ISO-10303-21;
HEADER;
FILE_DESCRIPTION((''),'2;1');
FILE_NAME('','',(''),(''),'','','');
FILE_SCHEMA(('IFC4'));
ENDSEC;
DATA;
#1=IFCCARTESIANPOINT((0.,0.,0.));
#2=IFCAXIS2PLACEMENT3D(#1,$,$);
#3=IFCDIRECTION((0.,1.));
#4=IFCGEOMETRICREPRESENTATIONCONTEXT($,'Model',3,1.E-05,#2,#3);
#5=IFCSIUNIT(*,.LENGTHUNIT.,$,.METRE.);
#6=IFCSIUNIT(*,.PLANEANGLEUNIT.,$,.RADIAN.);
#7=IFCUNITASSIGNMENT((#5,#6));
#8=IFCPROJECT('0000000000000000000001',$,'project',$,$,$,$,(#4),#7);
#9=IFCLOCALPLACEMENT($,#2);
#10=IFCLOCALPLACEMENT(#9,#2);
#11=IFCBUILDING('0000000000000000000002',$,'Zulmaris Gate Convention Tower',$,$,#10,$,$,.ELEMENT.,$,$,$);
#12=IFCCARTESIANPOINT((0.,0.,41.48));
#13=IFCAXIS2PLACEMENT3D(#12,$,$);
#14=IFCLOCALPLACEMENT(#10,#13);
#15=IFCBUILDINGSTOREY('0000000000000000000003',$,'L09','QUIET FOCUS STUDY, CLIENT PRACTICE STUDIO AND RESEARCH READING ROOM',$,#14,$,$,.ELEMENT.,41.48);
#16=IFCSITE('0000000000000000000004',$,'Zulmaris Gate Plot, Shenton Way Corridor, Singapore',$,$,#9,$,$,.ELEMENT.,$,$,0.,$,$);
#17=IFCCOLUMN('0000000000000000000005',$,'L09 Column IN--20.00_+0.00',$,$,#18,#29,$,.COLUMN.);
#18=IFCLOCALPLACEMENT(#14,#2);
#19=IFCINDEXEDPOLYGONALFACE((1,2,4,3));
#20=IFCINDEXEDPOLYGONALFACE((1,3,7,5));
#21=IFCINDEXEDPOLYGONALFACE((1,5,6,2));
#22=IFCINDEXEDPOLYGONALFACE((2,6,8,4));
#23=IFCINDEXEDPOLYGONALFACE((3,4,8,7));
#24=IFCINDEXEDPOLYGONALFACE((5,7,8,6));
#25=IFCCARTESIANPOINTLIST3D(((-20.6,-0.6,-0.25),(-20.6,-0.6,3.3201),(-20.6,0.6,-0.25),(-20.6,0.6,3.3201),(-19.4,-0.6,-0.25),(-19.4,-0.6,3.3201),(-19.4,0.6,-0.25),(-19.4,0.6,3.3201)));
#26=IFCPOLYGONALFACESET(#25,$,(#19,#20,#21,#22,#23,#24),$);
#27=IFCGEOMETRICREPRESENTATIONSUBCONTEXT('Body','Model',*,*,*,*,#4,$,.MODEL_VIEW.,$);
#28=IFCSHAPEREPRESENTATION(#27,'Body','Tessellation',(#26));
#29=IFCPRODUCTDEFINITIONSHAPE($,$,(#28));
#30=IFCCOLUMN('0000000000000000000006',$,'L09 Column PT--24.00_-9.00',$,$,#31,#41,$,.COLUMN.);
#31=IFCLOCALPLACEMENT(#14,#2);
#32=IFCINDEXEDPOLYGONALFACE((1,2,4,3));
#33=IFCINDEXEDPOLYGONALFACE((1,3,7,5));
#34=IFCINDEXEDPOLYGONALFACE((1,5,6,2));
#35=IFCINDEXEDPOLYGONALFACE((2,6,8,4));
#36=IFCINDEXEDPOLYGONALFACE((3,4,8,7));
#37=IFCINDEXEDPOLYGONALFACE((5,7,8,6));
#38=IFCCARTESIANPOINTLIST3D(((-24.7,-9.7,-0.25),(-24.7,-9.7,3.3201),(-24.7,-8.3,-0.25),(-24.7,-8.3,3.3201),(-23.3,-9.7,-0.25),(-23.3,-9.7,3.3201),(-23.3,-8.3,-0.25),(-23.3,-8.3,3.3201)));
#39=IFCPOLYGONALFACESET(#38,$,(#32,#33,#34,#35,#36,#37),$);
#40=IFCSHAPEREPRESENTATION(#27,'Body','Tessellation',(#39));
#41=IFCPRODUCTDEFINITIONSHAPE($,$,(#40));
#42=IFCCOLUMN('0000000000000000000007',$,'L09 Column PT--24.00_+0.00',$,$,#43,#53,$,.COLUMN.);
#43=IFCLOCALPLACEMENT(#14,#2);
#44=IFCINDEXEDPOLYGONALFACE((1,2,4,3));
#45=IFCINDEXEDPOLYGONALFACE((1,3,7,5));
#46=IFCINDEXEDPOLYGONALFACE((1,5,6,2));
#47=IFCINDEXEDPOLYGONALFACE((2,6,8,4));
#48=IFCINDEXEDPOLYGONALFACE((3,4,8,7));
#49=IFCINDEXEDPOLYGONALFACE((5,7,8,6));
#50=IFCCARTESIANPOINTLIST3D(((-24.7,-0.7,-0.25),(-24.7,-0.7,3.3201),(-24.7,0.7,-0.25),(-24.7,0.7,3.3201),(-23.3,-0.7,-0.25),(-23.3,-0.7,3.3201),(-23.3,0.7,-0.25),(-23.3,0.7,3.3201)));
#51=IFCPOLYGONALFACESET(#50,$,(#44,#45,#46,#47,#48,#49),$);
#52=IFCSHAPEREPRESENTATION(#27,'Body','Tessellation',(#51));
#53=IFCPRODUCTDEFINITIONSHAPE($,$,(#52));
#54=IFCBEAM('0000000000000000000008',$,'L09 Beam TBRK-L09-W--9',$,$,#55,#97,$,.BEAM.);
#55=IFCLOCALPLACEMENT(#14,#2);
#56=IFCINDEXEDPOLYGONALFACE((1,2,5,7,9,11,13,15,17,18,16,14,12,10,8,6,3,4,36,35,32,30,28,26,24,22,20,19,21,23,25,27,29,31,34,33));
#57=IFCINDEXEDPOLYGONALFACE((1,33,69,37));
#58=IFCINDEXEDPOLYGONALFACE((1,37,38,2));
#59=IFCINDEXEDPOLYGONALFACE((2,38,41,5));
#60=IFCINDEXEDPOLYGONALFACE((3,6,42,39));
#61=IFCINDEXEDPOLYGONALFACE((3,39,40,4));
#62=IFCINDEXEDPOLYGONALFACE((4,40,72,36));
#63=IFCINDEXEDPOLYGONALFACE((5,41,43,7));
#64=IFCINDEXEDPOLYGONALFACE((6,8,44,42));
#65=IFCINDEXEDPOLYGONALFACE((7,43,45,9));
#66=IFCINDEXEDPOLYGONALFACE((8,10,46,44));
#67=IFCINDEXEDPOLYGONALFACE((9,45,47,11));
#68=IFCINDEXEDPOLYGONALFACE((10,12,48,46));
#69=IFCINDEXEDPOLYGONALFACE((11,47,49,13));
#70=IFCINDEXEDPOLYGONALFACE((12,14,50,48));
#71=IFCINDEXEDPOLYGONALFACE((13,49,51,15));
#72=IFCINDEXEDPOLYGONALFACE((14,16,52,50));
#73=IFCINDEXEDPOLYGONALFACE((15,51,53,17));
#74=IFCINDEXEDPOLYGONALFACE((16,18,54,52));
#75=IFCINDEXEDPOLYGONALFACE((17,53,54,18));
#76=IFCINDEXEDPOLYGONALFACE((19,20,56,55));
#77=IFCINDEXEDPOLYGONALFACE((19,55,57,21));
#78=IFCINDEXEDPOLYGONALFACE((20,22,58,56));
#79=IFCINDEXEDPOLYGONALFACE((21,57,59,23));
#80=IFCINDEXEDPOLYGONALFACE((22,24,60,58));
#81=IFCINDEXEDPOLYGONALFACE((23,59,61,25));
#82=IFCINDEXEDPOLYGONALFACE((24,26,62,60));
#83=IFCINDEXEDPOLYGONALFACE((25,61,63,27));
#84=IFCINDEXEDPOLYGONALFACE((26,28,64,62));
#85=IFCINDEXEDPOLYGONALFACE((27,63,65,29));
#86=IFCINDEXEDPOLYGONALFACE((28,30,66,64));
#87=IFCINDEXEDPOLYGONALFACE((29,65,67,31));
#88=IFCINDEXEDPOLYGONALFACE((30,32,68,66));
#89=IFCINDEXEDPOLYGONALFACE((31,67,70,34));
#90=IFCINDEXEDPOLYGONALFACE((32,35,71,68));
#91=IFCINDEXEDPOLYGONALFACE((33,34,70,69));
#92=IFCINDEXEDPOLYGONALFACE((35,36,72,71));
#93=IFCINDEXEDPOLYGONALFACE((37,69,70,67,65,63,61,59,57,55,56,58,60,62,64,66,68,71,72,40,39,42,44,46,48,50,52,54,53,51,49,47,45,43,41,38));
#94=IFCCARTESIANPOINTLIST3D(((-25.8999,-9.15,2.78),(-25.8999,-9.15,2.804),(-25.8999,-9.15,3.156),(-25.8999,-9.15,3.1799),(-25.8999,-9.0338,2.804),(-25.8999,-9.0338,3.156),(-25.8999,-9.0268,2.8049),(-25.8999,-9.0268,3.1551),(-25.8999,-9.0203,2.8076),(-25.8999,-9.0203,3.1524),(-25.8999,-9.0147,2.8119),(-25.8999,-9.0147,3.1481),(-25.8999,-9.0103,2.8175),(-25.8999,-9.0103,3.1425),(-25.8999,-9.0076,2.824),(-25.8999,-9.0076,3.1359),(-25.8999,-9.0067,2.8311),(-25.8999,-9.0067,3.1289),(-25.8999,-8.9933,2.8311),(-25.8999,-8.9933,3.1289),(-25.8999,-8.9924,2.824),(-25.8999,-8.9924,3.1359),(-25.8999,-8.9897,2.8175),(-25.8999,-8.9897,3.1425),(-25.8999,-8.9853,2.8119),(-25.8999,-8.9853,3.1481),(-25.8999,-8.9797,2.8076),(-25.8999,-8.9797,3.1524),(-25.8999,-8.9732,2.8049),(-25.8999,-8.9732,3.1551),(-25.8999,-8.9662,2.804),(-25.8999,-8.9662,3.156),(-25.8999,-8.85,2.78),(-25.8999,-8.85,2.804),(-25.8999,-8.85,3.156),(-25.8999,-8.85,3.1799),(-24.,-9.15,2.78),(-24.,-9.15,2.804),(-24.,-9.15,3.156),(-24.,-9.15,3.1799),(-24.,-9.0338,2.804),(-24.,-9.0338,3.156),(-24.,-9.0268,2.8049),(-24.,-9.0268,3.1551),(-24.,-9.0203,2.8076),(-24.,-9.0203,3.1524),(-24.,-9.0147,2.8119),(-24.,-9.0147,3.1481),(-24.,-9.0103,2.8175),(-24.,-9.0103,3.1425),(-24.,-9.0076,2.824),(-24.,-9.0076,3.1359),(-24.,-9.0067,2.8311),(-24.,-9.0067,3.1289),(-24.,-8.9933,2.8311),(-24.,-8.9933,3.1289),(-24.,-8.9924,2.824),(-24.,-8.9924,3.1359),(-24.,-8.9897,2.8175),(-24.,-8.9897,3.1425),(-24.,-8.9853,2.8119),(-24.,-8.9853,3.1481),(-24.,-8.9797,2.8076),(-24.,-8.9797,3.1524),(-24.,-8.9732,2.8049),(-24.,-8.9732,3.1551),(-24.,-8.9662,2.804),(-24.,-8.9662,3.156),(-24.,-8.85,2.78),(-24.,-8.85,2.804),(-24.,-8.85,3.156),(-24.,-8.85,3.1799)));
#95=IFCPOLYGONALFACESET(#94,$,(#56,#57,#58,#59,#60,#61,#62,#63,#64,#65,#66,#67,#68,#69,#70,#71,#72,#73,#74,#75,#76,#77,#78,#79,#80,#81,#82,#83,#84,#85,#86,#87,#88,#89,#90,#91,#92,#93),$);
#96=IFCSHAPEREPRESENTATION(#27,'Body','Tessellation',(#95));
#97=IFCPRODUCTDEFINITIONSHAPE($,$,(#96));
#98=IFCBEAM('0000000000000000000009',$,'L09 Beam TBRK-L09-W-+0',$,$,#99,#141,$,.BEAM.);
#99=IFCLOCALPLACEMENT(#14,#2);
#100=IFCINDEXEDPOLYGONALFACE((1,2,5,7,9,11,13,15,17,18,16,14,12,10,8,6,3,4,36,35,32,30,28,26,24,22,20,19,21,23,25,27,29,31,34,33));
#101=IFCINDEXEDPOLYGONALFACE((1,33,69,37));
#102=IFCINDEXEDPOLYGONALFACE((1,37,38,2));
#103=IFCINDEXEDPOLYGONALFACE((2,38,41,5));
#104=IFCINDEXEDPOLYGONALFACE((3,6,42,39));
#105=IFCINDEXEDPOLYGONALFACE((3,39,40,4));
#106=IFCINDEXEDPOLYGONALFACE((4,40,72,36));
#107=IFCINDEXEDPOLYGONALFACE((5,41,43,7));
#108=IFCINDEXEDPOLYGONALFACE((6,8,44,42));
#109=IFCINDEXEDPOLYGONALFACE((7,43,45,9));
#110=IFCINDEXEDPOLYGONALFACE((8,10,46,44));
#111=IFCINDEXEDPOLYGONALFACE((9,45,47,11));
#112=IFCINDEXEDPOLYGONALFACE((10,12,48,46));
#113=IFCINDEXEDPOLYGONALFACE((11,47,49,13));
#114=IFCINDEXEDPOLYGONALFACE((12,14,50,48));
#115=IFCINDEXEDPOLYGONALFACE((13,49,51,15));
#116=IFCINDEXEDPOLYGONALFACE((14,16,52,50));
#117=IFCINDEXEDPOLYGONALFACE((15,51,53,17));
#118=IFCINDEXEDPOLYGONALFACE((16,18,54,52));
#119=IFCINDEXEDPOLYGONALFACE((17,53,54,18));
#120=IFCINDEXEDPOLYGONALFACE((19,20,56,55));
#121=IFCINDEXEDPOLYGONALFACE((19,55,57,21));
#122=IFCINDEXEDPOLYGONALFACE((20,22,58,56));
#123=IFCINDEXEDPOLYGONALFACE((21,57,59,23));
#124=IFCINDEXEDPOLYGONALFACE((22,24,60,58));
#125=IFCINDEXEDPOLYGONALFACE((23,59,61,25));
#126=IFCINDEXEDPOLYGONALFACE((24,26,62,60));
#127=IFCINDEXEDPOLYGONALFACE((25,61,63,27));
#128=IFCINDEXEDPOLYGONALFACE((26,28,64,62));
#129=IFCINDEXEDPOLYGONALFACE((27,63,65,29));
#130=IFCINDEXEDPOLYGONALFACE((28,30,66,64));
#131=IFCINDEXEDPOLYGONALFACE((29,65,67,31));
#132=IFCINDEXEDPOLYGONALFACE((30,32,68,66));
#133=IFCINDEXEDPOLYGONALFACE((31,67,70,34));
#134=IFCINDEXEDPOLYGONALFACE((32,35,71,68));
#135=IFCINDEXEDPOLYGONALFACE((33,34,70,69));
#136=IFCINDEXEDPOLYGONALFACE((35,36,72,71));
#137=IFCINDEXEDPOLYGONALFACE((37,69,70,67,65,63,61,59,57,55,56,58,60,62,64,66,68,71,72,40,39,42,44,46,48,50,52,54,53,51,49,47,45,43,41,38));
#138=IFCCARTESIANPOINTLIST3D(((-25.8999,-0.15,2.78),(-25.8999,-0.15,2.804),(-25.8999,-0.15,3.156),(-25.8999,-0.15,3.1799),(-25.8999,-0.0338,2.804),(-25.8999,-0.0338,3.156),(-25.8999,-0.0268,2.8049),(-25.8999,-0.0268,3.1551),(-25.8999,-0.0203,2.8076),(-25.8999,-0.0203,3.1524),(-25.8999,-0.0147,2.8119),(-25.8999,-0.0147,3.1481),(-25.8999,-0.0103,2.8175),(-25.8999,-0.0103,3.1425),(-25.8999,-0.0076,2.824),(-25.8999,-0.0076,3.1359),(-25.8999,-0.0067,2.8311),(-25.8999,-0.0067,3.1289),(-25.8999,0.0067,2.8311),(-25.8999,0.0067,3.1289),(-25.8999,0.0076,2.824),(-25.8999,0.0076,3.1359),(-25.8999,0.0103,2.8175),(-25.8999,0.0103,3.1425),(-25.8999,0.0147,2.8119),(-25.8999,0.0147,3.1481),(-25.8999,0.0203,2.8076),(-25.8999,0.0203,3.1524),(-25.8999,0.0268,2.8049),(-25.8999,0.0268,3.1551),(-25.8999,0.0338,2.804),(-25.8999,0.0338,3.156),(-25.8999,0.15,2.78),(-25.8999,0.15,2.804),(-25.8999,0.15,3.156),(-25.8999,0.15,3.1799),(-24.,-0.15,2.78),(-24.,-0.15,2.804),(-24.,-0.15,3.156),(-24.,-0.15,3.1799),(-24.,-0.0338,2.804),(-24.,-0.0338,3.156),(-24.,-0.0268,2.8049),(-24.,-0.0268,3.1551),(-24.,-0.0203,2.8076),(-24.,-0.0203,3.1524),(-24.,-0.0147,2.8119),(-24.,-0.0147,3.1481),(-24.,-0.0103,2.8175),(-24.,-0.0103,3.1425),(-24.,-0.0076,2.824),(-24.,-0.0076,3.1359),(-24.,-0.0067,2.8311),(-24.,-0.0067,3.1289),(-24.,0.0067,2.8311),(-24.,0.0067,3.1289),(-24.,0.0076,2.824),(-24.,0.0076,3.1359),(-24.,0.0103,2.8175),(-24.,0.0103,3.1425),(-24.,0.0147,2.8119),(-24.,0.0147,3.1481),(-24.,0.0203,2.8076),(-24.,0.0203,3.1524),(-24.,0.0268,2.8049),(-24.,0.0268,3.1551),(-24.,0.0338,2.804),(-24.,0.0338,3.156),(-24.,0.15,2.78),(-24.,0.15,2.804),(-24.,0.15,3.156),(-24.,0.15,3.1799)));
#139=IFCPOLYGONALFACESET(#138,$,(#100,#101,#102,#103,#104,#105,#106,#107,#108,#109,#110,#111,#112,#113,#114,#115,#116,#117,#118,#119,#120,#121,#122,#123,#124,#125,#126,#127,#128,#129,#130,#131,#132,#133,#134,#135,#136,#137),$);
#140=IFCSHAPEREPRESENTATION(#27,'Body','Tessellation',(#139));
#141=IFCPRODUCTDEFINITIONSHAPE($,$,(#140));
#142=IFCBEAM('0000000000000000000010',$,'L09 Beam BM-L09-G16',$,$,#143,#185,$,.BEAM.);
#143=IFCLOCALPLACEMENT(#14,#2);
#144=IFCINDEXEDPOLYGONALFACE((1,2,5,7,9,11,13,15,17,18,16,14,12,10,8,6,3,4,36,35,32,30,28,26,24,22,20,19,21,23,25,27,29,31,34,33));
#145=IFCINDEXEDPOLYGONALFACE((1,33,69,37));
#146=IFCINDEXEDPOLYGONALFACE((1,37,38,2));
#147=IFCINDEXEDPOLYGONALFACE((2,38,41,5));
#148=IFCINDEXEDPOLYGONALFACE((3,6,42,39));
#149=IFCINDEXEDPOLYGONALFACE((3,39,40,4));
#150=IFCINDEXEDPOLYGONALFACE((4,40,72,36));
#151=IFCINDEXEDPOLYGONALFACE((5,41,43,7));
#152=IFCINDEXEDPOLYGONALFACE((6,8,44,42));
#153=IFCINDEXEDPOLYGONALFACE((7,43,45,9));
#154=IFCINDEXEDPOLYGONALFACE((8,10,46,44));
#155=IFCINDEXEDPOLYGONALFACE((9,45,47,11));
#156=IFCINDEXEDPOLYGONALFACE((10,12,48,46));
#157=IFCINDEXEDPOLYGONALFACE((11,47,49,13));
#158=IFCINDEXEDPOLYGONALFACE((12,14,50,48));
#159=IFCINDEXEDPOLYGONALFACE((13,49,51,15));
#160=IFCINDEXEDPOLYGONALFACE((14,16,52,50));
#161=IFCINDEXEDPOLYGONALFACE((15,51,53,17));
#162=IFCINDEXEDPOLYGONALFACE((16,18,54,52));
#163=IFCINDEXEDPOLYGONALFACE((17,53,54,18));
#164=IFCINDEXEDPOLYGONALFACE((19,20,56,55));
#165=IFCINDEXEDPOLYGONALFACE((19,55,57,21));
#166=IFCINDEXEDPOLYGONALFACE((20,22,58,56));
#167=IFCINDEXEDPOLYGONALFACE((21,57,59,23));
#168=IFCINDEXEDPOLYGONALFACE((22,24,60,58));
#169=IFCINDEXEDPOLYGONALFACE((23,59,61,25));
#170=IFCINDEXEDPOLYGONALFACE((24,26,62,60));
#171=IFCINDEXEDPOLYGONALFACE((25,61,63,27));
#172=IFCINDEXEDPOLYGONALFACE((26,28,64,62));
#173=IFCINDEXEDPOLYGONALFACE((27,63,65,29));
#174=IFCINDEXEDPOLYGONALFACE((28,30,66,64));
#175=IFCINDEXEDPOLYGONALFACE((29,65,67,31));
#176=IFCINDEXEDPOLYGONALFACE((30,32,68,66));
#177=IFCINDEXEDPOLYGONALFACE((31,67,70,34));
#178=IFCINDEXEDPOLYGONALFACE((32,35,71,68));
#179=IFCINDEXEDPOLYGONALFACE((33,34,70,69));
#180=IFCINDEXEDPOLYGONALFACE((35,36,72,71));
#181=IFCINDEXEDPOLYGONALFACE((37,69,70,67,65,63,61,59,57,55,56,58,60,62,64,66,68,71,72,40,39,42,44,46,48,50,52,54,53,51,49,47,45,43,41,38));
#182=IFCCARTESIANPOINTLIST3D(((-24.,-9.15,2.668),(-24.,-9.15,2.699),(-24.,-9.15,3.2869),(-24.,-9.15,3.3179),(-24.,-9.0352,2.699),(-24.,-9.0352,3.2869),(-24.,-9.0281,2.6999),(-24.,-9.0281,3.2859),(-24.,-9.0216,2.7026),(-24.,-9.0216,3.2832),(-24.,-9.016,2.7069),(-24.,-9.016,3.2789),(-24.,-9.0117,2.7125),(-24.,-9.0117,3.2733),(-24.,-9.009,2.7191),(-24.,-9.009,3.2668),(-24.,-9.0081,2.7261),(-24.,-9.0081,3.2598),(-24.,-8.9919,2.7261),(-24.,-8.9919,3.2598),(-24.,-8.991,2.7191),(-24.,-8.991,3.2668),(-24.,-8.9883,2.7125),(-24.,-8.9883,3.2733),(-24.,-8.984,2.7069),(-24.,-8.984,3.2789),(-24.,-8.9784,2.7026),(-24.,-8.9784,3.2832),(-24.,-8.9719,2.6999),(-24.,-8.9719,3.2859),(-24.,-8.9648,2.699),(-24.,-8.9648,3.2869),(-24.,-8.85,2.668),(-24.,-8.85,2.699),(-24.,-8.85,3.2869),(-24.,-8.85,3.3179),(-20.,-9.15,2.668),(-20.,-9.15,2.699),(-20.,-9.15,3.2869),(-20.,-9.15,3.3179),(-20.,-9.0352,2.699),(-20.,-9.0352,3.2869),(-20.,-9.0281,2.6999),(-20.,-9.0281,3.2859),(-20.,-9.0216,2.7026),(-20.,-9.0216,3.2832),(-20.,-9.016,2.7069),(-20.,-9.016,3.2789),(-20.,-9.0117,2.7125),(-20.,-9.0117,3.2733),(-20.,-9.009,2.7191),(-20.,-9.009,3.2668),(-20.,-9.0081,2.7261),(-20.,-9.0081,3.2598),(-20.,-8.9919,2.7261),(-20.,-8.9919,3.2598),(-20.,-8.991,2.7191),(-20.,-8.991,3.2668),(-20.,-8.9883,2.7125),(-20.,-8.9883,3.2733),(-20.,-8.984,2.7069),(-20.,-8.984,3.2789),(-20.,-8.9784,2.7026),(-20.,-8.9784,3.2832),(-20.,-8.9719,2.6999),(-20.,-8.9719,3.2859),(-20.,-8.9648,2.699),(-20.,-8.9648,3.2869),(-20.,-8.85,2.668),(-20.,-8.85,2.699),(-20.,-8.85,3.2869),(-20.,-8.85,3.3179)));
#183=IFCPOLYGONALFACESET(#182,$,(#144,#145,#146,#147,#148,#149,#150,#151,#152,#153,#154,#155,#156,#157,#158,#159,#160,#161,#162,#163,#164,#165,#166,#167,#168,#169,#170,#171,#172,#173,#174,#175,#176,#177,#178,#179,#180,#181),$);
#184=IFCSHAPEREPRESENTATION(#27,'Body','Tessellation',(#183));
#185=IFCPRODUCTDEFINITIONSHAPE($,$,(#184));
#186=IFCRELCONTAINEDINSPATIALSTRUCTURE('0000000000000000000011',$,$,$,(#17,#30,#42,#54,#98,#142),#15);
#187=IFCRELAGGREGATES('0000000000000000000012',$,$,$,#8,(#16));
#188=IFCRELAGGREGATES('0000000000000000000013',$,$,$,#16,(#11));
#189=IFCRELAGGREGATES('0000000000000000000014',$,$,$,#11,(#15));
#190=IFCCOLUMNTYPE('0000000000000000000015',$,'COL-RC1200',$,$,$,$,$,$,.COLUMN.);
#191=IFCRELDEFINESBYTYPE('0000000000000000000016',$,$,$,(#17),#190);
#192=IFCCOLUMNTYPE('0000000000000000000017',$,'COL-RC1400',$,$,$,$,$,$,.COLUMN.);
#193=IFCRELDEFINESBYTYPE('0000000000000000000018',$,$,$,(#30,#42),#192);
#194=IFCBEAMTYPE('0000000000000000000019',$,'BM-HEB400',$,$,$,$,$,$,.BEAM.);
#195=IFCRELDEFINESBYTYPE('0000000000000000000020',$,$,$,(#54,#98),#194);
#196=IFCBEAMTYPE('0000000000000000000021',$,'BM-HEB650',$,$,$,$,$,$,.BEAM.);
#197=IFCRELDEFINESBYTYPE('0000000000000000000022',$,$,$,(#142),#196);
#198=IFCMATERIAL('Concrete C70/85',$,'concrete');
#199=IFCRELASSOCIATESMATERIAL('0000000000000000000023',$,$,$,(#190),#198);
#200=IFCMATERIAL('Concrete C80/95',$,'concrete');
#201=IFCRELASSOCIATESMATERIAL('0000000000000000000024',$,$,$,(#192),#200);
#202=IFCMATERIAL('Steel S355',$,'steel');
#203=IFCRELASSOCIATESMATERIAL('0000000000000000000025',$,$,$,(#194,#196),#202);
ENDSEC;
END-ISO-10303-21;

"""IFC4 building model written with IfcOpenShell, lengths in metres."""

from ifc_helpers import new_model, si_unit, direction, frame, origin, origin_2d, place, context, subcontext, project, spatial, rectangle, i_section, extrude, material, material_profile, profile_set, type_object, element, save


model = new_model("IFC4")

# Units and contexts
model_context = context("Model", 3, precision=1e-05, world=origin(), true_north=direction((0.0, 1.0)))
body_context = subcontext(model_context, "Body", "Model", "MODEL_VIEW")
ifc_project = project(units=[si_unit("LENGTHUNIT", "METRE"), si_unit("PLANEANGLEUNIT", "RADIAN")], contexts=[model_context])

# Site, building, storey
site_placement = place(None, origin())
site = spatial("IfcSite", under=ifc_project, at=site_placement, Name="Zulmaris Gate Plot, Shenton Way Corridor, Singapore", CompositionType="ELEMENT", RefElevation=0.0)
building_placement = place(site_placement, origin())
building = spatial("IfcBuilding", under=site, at=building_placement, Name="Zulmaris Gate Convention Tower", CompositionType="ELEMENT")
storey_placement = place(building_placement, frame((0.0, 0.0, 41.48)))
storey = spatial("IfcBuildingStorey", under=building, at=storey_placement, Name="L09", Description="QUIET FOCUS STUDY, CLIENT PRACTICE STUDIO AND RESEARCH READING ROOM", CompositionType="ELEMENT", Elevation=41.48)

# Columns
ifc_material_1 = material(Name="Concrete C70/85", Category="concrete")
ifc_material_profile_1 = material_profile(ifc_material_1, rectangle(XDim=1.2, YDim=1.2, at=origin_2d()), Name="RC COL 1200x1200")
ifc_profile_set_1 = profile_set([ifc_material_profile_1], Name="Concrete C70/85")
column_type_1 = type_object("IfcColumnType", Name="COL-RC1200", PredefinedType="COLUMN", material=ifc_profile_set_1)
column_placement = place(storey_placement, frame((-20.0, 0.0, -0.25), z_axis=(0.0, 0.0, 1.0), x_axis=(1.0, 0.0, 0.0)))
element("IfcColumn", 1, at=column_placement, inside=storey, type_object=column_type_1, Name="L09 Column IN--20.00_+0.00", PredefinedType="COLUMN", context=body_context, shape_type="SweptSolid", body=[
    extrude(rectangle(XDim=1.2, YDim=1.2, at=origin_2d()), origin(), (0.0, 0.0, 1.0), 3.5701),
])
ifc_material_2 = material(Name="Concrete C80/95", Category="concrete")
ifc_material_profile_2 = material_profile(ifc_material_2, rectangle(XDim=1.3999, YDim=1.3999, at=origin_2d()), Name="RC COL 1400x1400")
ifc_profile_set_2 = profile_set([ifc_material_profile_2], Name="Concrete C80/95")
column_type_2 = type_object("IfcColumnType", Name="COL-RC1400", PredefinedType="COLUMN", material=ifc_profile_set_2)
for number, where, z_axis, x_axis, name in (
    (2, (-24.0, -9.0, -0.25), (0.0, 0.0, 1.0), (1.0, 0.0, 0.0), "L09 Column PT--24.00_-9.00"),
    (3, (-24.0, 0.0, -0.25), (0.0, 0.0, 1.0), (1.0, 0.0, 0.0), "L09 Column PT--24.00_+0.00"),
):
    element("IfcColumn", number, at=place(storey_placement, frame(where, z_axis=z_axis, x_axis=x_axis)), inside=storey, type_object=column_type_2, Name=name, PredefinedType="COLUMN", context=body_context, shape_type="SweptSolid", body=[
        extrude(rectangle(XDim=1.3999, YDim=1.3999, at=origin_2d()), origin(), (0.0, 0.0, 1.0), 3.5701),
    ])

# Beams
ifc_material_3 = material(Name="Steel S355", Category="steel")
ifc_material_profile_3 = material_profile(ifc_material_3, i_section(OverallWidth=0.3, OverallDepth=0.3999, WebThickness=0.0134, FlangeThickness=0.0239, FilletRadius=0.0271, at=origin_2d()), Name="HEB 400")
ifc_profile_set_3 = profile_set([ifc_material_profile_3], Name="Steel S355")
beam_type_1 = type_object("IfcBeamType", Name="BM-HEB400", PredefinedType="BEAM", material=ifc_profile_set_3)
for number, where, z_axis, x_axis, name in (
    (4, (-25.8999, -9.0, 2.98), (1.0, 0.0, 0.0), (0.0, 1.0, 0.0), "L09 Beam TBRK-L09-W--9"),
    (5, (-25.8999, 0.0, 2.98), (1.0, 0.0, 0.0), (0.0, 1.0, 0.0), "L09 Beam TBRK-L09-W-+0"),
):
    element("IfcBeam", number, at=place(storey_placement, frame(where, z_axis=z_axis, x_axis=x_axis)), inside=storey, type_object=beam_type_1, Name=name, PredefinedType="BEAM", context=body_context, shape_type="SweptSolid", body=[
        extrude(i_section(OverallWidth=0.3, OverallDepth=0.3999, WebThickness=0.0134, FlangeThickness=0.0239, FilletRadius=0.0271, at=origin_2d()), origin(), (0.0, 0.0, 1.0), 1.8999),
    ])
ifc_material_profile_4 = material_profile(ifc_material_3, i_section(OverallWidth=0.3, OverallDepth=0.6499, WebThickness=0.0161, FlangeThickness=0.031, FilletRadius=0.0271, at=origin_2d()), Name="HEB 650")
ifc_profile_set_4 = profile_set([ifc_material_profile_4], Name="Steel S355")
beam_type_2 = type_object("IfcBeamType", Name="BM-HEB650", PredefinedType="BEAM", material=ifc_profile_set_4)
for number, where, z_axis, x_axis, name in (
    (6, (-24.0, -9.0, 2.9929), (1.0, 0.0, 0.0), (0.0, 1.0, 0.0), "L09 Beam BM-L09-G16"),
):
    element("IfcBeam", number, at=place(storey_placement, frame(where, z_axis=z_axis, x_axis=x_axis)), inside=storey, type_object=beam_type_2, Name=name, PredefinedType="BEAM", context=body_context, shape_type="SweptSolid", body=[
        extrude(i_section(OverallWidth=0.3, OverallDepth=0.6499, WebThickness=0.0161, FlangeThickness=0.031, FilletRadius=0.0271, at=origin_2d()), origin(), (0.0, 0.0, 1.0), 4.0),
    ])

save(model, "model.ifc")
